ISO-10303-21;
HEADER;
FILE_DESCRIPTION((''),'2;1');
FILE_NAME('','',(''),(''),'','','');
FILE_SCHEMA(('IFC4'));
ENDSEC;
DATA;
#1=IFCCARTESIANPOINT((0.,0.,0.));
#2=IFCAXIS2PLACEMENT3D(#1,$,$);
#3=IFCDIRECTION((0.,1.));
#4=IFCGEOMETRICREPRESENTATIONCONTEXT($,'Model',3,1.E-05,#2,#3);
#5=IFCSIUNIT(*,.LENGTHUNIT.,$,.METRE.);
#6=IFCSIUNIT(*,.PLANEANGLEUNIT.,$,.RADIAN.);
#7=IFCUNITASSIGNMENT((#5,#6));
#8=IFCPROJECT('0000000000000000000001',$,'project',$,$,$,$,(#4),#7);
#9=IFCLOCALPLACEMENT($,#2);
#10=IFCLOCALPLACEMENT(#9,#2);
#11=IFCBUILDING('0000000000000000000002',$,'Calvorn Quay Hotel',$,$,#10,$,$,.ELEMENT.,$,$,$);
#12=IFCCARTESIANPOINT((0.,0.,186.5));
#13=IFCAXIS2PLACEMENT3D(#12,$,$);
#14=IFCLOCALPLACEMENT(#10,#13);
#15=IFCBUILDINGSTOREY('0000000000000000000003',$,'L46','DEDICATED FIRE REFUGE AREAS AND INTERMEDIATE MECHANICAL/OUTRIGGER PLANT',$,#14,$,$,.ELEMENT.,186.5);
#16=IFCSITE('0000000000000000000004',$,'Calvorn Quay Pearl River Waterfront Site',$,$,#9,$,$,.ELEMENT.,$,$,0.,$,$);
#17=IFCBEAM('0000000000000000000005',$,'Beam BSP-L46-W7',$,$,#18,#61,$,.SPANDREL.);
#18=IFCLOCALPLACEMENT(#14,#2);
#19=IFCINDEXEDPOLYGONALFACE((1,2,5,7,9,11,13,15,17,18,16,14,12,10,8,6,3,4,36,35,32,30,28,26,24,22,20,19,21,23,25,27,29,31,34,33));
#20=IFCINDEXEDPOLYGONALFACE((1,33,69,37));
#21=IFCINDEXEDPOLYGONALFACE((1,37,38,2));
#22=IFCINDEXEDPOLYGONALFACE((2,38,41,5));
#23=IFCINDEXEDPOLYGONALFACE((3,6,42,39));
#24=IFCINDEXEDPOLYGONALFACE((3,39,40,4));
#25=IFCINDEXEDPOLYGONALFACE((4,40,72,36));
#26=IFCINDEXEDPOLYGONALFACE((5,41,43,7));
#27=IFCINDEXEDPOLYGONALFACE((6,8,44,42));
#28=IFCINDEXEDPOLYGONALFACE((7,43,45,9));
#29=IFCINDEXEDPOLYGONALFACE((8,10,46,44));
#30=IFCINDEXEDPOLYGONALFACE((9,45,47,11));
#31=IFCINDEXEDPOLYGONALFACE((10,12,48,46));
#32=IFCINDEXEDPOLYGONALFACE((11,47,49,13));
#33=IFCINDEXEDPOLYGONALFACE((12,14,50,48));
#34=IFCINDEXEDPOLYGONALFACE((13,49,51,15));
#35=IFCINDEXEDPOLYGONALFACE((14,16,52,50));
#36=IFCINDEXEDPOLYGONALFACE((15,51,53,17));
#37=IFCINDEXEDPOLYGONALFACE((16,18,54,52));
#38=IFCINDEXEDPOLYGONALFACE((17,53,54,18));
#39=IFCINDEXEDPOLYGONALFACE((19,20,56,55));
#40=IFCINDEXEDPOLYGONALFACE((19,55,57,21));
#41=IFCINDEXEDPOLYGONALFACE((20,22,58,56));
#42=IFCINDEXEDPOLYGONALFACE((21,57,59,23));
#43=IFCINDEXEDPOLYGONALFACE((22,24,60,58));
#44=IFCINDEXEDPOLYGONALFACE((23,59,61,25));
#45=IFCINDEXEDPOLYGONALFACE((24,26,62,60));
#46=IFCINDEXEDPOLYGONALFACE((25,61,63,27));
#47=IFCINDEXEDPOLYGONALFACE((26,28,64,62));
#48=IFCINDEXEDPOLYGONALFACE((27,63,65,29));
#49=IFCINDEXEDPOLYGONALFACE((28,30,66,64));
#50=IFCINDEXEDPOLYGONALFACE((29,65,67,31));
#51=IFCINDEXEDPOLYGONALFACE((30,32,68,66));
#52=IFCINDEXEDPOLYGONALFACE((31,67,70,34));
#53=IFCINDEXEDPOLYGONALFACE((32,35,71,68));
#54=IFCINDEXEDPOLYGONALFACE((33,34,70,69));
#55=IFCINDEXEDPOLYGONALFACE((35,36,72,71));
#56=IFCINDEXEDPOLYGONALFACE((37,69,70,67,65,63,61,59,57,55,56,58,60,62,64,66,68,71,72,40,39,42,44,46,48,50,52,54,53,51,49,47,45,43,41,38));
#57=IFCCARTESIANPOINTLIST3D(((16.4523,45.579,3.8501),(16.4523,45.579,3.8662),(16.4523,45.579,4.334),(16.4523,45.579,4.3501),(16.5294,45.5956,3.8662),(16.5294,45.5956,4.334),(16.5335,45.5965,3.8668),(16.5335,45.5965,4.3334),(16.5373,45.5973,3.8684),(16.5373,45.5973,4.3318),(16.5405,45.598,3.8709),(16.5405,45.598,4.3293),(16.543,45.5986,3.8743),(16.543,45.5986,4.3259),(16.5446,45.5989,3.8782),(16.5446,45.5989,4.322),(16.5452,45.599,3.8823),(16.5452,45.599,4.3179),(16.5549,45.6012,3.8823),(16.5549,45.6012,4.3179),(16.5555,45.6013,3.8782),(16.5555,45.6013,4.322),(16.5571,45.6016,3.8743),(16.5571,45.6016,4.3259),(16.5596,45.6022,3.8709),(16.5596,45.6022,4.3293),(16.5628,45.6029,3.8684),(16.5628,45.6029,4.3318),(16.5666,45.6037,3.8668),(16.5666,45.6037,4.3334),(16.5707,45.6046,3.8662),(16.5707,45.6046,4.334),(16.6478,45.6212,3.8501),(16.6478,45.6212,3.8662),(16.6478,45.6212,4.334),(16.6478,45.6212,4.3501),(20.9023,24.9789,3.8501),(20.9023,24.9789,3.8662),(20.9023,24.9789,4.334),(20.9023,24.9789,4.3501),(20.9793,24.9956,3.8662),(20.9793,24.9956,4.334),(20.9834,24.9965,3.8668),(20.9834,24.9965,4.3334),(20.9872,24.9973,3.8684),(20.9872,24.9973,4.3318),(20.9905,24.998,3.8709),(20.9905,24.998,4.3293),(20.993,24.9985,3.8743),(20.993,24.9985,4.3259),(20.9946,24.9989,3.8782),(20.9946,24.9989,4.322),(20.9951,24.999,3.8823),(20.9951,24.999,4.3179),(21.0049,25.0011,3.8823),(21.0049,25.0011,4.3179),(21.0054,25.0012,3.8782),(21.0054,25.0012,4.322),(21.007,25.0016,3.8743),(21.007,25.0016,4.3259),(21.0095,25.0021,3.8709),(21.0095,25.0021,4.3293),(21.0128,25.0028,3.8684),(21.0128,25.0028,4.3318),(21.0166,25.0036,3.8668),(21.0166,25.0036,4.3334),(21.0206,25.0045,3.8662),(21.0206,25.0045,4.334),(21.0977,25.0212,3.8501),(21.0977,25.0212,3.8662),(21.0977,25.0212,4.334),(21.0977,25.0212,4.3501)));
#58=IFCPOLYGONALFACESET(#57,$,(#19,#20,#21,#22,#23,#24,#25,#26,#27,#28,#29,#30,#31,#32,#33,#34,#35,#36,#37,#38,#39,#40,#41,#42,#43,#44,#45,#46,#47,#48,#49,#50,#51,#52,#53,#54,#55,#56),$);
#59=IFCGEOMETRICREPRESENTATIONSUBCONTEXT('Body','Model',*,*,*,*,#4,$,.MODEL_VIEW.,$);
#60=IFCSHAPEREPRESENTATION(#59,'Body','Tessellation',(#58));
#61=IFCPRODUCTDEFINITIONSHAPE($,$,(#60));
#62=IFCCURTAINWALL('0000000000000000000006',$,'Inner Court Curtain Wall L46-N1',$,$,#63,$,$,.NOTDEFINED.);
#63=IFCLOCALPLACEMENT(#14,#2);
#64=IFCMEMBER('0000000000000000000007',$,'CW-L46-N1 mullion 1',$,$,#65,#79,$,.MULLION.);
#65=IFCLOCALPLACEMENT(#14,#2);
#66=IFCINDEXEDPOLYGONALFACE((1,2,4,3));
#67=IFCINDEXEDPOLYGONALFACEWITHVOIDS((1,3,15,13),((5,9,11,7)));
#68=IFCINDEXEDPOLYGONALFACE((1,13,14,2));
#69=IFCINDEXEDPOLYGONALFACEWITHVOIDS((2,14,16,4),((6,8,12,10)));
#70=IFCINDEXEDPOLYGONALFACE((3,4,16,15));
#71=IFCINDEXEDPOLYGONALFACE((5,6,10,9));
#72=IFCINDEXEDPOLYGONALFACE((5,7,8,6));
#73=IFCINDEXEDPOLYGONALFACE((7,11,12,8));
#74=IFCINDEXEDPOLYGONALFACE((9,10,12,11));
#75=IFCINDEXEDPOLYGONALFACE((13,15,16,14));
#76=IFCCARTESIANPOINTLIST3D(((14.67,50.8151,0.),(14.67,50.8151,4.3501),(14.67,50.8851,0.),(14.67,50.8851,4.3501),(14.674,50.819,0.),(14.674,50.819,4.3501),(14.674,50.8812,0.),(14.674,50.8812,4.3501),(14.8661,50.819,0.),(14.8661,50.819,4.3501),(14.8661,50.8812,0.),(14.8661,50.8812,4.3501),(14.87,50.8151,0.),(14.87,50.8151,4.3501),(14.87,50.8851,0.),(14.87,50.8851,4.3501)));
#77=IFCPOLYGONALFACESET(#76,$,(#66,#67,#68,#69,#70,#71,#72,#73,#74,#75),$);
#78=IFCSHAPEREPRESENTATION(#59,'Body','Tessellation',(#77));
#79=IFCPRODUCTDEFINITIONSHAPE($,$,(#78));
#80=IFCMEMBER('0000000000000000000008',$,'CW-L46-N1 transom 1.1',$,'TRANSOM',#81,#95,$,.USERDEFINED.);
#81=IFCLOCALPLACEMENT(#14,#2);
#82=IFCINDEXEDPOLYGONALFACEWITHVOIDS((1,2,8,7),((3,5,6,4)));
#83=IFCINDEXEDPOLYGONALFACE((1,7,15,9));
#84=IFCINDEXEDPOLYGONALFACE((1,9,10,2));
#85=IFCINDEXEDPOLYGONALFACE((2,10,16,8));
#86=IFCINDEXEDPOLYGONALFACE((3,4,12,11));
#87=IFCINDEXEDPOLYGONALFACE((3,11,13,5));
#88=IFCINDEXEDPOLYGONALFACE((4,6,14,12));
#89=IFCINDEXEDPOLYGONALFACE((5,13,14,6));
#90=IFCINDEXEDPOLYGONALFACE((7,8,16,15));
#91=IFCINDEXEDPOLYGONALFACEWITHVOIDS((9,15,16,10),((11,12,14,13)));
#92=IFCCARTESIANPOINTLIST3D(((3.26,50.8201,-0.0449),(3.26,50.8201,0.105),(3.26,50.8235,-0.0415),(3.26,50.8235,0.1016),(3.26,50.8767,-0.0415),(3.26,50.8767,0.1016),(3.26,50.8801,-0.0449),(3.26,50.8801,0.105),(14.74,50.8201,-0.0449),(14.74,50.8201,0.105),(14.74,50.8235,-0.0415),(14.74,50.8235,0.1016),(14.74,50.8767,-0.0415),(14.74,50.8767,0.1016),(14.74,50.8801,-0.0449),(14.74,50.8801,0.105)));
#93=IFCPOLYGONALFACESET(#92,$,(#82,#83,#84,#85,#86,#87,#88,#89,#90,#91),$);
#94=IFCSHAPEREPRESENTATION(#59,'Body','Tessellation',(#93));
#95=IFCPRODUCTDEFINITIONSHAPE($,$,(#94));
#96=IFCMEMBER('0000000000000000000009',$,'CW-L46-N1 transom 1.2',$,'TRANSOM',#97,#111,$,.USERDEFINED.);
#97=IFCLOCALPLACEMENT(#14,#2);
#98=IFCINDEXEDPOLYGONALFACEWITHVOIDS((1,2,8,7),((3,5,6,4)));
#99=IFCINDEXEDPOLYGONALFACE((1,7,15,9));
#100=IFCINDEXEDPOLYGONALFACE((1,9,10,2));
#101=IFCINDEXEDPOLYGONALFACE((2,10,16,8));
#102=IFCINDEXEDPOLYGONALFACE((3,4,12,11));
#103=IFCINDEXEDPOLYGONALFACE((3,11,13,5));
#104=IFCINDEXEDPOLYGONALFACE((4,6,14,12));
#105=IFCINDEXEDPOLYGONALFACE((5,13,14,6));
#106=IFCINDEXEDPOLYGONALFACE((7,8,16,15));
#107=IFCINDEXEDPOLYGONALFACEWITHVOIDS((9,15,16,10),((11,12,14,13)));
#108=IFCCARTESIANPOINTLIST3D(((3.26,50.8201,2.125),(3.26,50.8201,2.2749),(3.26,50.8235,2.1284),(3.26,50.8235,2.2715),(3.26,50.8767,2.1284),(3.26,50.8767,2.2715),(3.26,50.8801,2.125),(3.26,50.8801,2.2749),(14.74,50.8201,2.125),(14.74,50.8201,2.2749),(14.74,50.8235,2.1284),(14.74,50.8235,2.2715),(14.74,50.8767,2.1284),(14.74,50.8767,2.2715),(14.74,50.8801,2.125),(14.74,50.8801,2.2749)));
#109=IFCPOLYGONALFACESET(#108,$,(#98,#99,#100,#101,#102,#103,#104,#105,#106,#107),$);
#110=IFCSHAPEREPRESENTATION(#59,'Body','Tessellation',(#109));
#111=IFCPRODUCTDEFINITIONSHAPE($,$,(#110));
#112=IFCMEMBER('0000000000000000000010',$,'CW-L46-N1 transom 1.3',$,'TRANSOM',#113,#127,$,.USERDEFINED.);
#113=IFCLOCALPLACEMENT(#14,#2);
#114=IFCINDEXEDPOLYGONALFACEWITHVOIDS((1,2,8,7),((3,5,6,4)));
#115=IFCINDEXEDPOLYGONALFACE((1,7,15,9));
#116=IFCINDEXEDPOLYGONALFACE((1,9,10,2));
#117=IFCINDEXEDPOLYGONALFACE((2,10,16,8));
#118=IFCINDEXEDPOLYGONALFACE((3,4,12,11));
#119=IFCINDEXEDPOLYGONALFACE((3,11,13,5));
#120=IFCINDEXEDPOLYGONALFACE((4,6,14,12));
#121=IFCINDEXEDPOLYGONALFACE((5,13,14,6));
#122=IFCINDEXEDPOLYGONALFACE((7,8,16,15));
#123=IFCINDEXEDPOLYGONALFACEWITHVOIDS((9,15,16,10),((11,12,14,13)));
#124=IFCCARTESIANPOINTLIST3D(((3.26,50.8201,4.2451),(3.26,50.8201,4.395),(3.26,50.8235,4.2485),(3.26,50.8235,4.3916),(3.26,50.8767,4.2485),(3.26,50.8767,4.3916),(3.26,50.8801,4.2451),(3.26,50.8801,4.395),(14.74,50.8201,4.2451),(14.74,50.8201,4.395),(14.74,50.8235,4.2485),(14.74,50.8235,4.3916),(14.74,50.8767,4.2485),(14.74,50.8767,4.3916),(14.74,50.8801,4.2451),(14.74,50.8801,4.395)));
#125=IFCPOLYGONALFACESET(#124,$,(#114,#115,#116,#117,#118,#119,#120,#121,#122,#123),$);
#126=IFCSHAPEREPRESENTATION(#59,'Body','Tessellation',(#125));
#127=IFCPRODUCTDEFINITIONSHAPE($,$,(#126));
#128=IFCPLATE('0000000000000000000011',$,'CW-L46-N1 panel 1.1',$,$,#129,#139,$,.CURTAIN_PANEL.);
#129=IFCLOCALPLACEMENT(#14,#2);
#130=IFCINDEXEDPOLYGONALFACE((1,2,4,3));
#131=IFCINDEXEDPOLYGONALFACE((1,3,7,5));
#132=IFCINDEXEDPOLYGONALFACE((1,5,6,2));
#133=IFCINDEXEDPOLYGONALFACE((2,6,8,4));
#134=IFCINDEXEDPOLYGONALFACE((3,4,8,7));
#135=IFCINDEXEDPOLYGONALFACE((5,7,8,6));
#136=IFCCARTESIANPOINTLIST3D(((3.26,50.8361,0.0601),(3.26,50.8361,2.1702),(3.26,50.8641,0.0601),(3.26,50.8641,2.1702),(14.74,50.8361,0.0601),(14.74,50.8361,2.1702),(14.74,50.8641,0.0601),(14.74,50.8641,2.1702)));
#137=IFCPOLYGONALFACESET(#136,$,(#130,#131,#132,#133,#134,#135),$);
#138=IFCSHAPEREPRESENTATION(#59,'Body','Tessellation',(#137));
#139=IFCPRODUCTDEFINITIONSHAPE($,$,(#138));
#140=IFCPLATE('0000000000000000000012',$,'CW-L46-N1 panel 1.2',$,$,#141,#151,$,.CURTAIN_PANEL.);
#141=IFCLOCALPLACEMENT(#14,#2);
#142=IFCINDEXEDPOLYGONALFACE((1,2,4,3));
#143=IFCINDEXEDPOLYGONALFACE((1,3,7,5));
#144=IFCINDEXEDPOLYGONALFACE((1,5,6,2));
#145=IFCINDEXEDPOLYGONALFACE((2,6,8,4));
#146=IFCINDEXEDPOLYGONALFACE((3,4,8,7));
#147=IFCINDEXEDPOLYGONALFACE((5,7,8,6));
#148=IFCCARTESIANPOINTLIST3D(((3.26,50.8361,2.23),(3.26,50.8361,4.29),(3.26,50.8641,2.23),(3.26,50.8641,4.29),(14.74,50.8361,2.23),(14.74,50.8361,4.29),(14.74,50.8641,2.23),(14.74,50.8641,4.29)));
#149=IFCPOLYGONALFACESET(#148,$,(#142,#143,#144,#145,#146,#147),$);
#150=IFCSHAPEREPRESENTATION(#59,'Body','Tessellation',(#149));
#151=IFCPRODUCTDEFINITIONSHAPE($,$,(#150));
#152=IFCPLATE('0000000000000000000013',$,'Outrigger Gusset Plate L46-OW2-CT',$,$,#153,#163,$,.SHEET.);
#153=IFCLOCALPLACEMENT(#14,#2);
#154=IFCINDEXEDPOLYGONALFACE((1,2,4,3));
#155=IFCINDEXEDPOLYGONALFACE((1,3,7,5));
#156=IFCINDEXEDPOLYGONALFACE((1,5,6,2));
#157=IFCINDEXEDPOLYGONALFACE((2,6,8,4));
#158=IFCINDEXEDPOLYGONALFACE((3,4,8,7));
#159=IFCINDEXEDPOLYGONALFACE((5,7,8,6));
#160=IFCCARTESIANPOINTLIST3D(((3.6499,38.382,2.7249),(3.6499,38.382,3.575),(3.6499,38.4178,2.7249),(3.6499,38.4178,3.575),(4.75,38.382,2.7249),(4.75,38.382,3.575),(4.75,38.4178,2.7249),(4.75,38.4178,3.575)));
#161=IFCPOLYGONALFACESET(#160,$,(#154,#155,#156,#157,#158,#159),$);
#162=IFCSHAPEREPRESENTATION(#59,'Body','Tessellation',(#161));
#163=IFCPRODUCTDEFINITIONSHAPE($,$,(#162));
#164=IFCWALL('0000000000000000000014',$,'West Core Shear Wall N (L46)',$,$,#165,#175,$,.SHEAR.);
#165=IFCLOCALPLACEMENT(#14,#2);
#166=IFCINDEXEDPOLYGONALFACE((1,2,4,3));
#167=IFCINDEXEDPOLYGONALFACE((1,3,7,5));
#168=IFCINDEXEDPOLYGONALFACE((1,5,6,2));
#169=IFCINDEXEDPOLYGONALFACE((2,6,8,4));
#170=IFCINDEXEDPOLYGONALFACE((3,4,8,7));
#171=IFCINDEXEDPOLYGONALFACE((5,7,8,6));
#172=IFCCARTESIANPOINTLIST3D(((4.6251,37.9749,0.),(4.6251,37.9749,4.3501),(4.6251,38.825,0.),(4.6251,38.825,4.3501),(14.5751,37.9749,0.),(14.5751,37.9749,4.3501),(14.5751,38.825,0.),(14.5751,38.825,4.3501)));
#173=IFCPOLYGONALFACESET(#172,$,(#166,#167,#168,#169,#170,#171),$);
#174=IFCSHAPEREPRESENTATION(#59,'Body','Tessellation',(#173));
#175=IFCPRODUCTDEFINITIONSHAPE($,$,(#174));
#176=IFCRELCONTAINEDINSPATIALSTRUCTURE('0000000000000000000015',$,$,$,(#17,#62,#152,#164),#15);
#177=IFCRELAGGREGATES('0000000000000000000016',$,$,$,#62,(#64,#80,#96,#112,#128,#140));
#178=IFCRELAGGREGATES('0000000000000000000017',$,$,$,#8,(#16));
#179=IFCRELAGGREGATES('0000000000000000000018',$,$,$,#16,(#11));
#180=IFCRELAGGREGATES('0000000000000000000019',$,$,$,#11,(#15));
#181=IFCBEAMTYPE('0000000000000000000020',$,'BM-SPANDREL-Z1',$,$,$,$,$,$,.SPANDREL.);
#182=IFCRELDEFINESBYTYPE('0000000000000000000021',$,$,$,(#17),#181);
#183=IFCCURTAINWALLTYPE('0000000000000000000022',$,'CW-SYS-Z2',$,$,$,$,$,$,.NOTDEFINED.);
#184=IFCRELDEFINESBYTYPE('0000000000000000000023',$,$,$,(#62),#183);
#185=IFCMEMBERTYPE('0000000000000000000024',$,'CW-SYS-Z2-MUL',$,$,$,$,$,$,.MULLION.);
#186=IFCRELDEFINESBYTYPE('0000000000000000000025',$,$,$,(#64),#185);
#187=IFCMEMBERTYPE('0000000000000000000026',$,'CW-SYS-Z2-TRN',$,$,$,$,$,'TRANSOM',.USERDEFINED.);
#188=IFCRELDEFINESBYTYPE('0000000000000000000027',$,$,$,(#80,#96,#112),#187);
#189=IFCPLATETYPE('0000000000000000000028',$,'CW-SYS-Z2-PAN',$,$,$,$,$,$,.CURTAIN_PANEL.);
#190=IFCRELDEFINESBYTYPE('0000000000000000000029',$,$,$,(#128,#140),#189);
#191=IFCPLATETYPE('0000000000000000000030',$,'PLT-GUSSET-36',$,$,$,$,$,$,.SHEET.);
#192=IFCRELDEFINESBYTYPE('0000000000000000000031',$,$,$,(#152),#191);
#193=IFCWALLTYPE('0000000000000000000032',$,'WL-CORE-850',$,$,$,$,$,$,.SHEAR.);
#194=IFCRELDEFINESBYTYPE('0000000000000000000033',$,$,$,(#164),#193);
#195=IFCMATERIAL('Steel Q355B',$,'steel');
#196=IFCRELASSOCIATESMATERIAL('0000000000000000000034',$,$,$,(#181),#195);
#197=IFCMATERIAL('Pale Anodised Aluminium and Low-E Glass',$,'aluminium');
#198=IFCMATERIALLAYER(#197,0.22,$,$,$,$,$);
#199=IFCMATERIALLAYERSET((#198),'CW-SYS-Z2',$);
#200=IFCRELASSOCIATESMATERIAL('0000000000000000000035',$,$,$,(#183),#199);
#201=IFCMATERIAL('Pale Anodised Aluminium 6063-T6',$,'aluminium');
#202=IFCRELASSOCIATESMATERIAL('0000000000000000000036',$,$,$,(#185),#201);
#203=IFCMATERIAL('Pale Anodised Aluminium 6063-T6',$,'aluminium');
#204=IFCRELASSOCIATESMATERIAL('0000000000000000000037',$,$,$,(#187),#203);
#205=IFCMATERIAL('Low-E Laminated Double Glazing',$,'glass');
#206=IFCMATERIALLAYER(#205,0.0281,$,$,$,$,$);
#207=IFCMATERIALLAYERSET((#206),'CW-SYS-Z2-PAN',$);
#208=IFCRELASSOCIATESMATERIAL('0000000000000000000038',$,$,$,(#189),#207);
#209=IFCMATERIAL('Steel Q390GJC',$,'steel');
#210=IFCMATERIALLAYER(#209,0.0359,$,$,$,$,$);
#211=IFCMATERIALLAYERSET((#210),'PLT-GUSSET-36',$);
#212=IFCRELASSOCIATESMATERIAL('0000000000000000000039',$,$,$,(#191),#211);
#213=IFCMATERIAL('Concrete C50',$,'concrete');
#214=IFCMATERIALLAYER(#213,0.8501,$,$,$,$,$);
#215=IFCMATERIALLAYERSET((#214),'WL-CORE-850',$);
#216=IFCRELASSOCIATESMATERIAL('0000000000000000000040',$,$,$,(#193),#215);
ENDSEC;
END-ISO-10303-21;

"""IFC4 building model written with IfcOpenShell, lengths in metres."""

from ifc_helpers import new_model, si_unit, direction, frame, frame_2d, origin, origin_2d, place, context, subcontext, project, spatial, rectangle, hollow_rectangle, i_section, extrude, material, layer, layer_set, material_profile, profile_set, type_object, element, aggregate, save


model = new_model("IFC4")

# Units and contexts
model_context = context("Model", 3, precision=1e-05, world=origin(), true_north=direction((0.0, 1.0)))
body_context = subcontext(model_context, "Body", "Model", "MODEL_VIEW")
ifc_project = project(units=[si_unit("LENGTHUNIT", "METRE"), si_unit("PLANEANGLEUNIT", "RADIAN")], contexts=[model_context])

# Site, building, storey
site_placement = place(None, origin())
site = spatial("IfcSite", under=ifc_project, at=site_placement, Name="Calvorn Quay Pearl River Waterfront Site", CompositionType="ELEMENT", RefElevation=0.0)
building_placement = place(site_placement, origin())
building = spatial("IfcBuilding", under=site, at=building_placement, Name="Calvorn Quay Hotel", CompositionType="ELEMENT")
storey_placement = place(building_placement, frame((0.0, 0.0, 186.5)))
storey = spatial("IfcBuildingStorey", under=building, at=storey_placement, Name="L46", Description="DEDICATED FIRE REFUGE AREAS AND INTERMEDIATE MECHANICAL/OUTRIGGER PLANT", CompositionType="ELEMENT", Elevation=186.5)

# Beam
ifc_material_1 = material(Name="Steel Q355B", Category="steel")
ifc_material_profile_1 = material_profile(ifc_material_1, i_section(OverallWidth=0.2, OverallDepth=0.5, WebThickness=0.01, FlangeThickness=0.0161, FilletRadius=0.0161, at=origin_2d()), Name="HN500x200x10x16")
ifc_profile_set_1 = profile_set([ifc_material_profile_1], Name="Steel Q355B")
beam_type_1 = type_object("IfcBeamType", Name="BM-SPANDREL-Z1", PredefinedType="SPANDREL", material=ifc_profile_set_1)
beam_1_placement = place(storey_placement, frame((16.55, 45.6001, 4.1001), z_axis=(0.211146, -0.977455, 0.0), x_axis=(0.977455, 0.211146, 0.0)))
element("IfcBeam", 1, at=beam_1_placement, inside=storey, type_object=beam_type_1, Name="Beam BSP-L46-W7", PredefinedType="SPANDREL", context=body_context, shape_type="SweptSolid", body=[
    extrude(i_section(OverallWidth=0.2, OverallDepth=0.5, WebThickness=0.01, FlangeThickness=0.0161, FilletRadius=0.0161, at=origin_2d()), origin(), (0.0, 0.0, 1.0), 21.0752),
])

# Curtain wall, members, plates
ifc_material_2 = material(Name="Pale Anodised Aluminium and Low-E Glass", Category="aluminium")
ifc_layer_1 = layer(ifc_material_2, 0.22)
ifc_layer_set_1 = layer_set([ifc_layer_1], Name="CW-SYS-Z2")
curtain_wall_type = type_object("IfcCurtainWallType", Name="CW-SYS-Z2", PredefinedType="NOTDEFINED", material=ifc_layer_set_1)
curtain_wall_placement = place(storey_placement, origin())
curtain_wall = element("IfcCurtainWall", 2, at=curtain_wall_placement, inside=storey, type_object=curtain_wall_type, Name="Inner Court Curtain Wall L46-N1", PredefinedType="NOTDEFINED")
ifc_material_3 = material(Name="Pale Anodised Aluminium 6063-T6", Category="aluminium")
ifc_material_profile_2 = material_profile(ifc_material_3, hollow_rectangle(XDim=0.0701, YDim=0.2, WallThickness=0.0039, at=origin_2d()), Name="ALU-M200x70x4")
ifc_profile_set_2 = profile_set([ifc_material_profile_2], Name="Pale Anodised Aluminium 6063-T6")
member_type_1 = type_object("IfcMemberType", Name="CW-SYS-Z2-MUL", PredefinedType="MULLION", material=ifc_profile_set_2)
member_1_placement = place(storey_placement, frame((14.77, 50.8501, 0.0), z_axis=(0.0, 0.0, 1.0), x_axis=(0.0, -1.0, 0.0)))
member_1 = element("IfcMember", 3, at=member_1_placement, type_object=member_type_1, Name="CW-L46-N1 mullion 1", PredefinedType="MULLION", context=body_context, shape_type="SweptSolid", body=[
    extrude(hollow_rectangle(XDim=0.0701, YDim=0.2, WallThickness=0.0039, at=origin_2d()), origin(), (0.0, 0.0, 1.0), 4.3501),
])
ifc_material_4 = material(Name="Pale Anodised Aluminium 6063-T6", Category="aluminium")
ifc_material_profile_3 = material_profile(ifc_material_4, hollow_rectangle(XDim=0.0601, YDim=0.1499, WallThickness=0.0034, at=origin_2d()), Name="ALU-T150x60x3.5")
ifc_profile_set_3 = profile_set([ifc_material_profile_3], Name="Pale Anodised Aluminium 6063-T6")
member_type_2 = type_object("IfcMemberType", Name="CW-SYS-Z2-TRN", ElementType="TRANSOM", PredefinedType="USERDEFINED", material=ifc_profile_set_3)
member_2_placement = place(storey_placement, frame((14.74, 50.8501, 0.03), z_axis=(-1.0, 0.0, 0.0), x_axis=(0.0, -1.0, 0.0)))
member_2 = element("IfcMember", 4, at=member_2_placement, type_object=member_type_2, Name="CW-L46-N1 transom 1.1", ObjectType="TRANSOM", PredefinedType="USERDEFINED", context=body_context, shape_type="SweptSolid", body=[
    extrude(hollow_rectangle(XDim=0.0601, YDim=0.1499, WallThickness=0.0034, at=origin_2d()), origin(), (0.0, 0.0, 1.0), 11.48),
])
member_3_placement = place(storey_placement, frame((14.74, 50.8501, 2.2), z_axis=(-1.0, 0.0, 0.0), x_axis=(0.0, -1.0, 0.0)))
member_3 = element("IfcMember", 5, at=member_3_placement, type_object=member_type_2, Name="CW-L46-N1 transom 1.2", ObjectType="TRANSOM", PredefinedType="USERDEFINED", context=body_context, shape_type="SweptSolid", body=[
    extrude(hollow_rectangle(XDim=0.0601, YDim=0.1499, WallThickness=0.0034, at=origin_2d()), origin(), (0.0, 0.0, 1.0), 11.48),
])
member_4_placement = place(storey_placement, frame((14.74, 50.8501, 4.3201), z_axis=(-1.0, 0.0, 0.0), x_axis=(0.0, -1.0, 0.0)))
member_4 = element("IfcMember", 6, at=member_4_placement, type_object=member_type_2, Name="CW-L46-N1 transom 1.3", ObjectType="TRANSOM", PredefinedType="USERDEFINED", context=body_context, shape_type="SweptSolid", body=[
    extrude(hollow_rectangle(XDim=0.0601, YDim=0.1499, WallThickness=0.0034, at=origin_2d()), origin(), (0.0, 0.0, 1.0), 11.48),
])
ifc_material_5 = material(Name="Low-E Laminated Double Glazing", Category="glass")
ifc_layer_2 = layer(ifc_material_5, 0.0281)
ifc_layer_set_2 = layer_set([ifc_layer_2], Name="CW-SYS-Z2-PAN")
plate_type_1 = type_object("IfcPlateType", Name="CW-SYS-Z2-PAN", PredefinedType="CURTAIN_PANEL", material=ifc_layer_set_2)
plate_1_placement = place(storey_placement, frame((9.0, 50.8501, 0.0601), z_axis=(0.0, 0.0, 1.0), x_axis=(-1.0, 0.0, 0.0)))
plate_1 = element("IfcPlate", 7, at=plate_1_placement, type_object=plate_type_1, Name="CW-L46-N1 panel 1.1", PredefinedType="CURTAIN_PANEL", context=body_context, shape_type="SweptSolid", body=[
    extrude(rectangle(XDim=11.48, YDim=0.0281, at=origin_2d()), origin(), (0.0, 0.0, 1.0), 2.1101),
])
plate_2_placement = place(storey_placement, frame((9.0, 50.8501, 2.23), z_axis=(0.0, 0.0, 1.0), x_axis=(-1.0, 0.0, 0.0)))
plate_2 = element("IfcPlate", 8, at=plate_2_placement, type_object=plate_type_1, Name="CW-L46-N1 panel 1.2", PredefinedType="CURTAIN_PANEL", context=body_context, shape_type="SweptSolid", body=[
    extrude(rectangle(XDim=11.48, YDim=0.0281, at=origin_2d()), origin(), (0.0, 0.0, 1.0), 2.0601),
])
aggregate(curtain_wall, [member_1, member_2, member_3, member_4, plate_1, plate_2])

# Plate
ifc_material_6 = material(Name="Steel Q390GJC", Category="steel")
ifc_layer_3 = layer(ifc_material_6, 0.0359)
ifc_layer_set_3 = layer_set([ifc_layer_3], Name="PLT-GUSSET-36")
plate_type_2 = type_object("IfcPlateType", Name="PLT-GUSSET-36", PredefinedType="SHEET", material=ifc_layer_set_3)
plate_3_placement = place(storey_placement, frame((4.2, 38.3999, 2.7249), z_axis=(0.0, 0.0, 1.0), x_axis=(-1.0, 0.0, 0.0)))
element("IfcPlate", 9, at=plate_3_placement, inside=storey, type_object=plate_type_2, Name="Outrigger Gusset Plate L46-OW2-CT", PredefinedType="SHEET", context=body_context, shape_type="SweptSolid", body=[
    extrude(rectangle(XDim=1.1001, YDim=0.0359, at=origin_2d()), origin(), (0.0, 0.0, 1.0), 0.8501),
])

# Wall
ifc_material_7 = material(Name="Concrete C50", Category="concrete")
ifc_layer_4 = layer(ifc_material_7, 0.8501)
ifc_layer_set_4 = layer_set([ifc_layer_4], Name="WL-CORE-850")
wall_type_1 = type_object("IfcWallType", Name="WL-CORE-850", PredefinedType="SHEAR", material=ifc_layer_set_4)
wall_1_placement = place(storey_placement, frame((4.625, 38.3999, 0.0), z_axis=(0.0, 0.0, 1.0), x_axis=(1.0, 0.0, 0.0)))
element("IfcWall", 10, at=wall_1_placement, inside=storey, type_object=wall_type_1, Name="West Core Shear Wall N (L46)", PredefinedType="SHEAR", context=body_context, shape_type="SweptSolid", body=[
    extrude(rectangle(XDim=9.95, YDim=0.8501, at=frame_2d((4.9751, 0.0))), origin(), (0.0, 0.0, 1.0), 4.3501),
])

save(model, "model.ifc")
